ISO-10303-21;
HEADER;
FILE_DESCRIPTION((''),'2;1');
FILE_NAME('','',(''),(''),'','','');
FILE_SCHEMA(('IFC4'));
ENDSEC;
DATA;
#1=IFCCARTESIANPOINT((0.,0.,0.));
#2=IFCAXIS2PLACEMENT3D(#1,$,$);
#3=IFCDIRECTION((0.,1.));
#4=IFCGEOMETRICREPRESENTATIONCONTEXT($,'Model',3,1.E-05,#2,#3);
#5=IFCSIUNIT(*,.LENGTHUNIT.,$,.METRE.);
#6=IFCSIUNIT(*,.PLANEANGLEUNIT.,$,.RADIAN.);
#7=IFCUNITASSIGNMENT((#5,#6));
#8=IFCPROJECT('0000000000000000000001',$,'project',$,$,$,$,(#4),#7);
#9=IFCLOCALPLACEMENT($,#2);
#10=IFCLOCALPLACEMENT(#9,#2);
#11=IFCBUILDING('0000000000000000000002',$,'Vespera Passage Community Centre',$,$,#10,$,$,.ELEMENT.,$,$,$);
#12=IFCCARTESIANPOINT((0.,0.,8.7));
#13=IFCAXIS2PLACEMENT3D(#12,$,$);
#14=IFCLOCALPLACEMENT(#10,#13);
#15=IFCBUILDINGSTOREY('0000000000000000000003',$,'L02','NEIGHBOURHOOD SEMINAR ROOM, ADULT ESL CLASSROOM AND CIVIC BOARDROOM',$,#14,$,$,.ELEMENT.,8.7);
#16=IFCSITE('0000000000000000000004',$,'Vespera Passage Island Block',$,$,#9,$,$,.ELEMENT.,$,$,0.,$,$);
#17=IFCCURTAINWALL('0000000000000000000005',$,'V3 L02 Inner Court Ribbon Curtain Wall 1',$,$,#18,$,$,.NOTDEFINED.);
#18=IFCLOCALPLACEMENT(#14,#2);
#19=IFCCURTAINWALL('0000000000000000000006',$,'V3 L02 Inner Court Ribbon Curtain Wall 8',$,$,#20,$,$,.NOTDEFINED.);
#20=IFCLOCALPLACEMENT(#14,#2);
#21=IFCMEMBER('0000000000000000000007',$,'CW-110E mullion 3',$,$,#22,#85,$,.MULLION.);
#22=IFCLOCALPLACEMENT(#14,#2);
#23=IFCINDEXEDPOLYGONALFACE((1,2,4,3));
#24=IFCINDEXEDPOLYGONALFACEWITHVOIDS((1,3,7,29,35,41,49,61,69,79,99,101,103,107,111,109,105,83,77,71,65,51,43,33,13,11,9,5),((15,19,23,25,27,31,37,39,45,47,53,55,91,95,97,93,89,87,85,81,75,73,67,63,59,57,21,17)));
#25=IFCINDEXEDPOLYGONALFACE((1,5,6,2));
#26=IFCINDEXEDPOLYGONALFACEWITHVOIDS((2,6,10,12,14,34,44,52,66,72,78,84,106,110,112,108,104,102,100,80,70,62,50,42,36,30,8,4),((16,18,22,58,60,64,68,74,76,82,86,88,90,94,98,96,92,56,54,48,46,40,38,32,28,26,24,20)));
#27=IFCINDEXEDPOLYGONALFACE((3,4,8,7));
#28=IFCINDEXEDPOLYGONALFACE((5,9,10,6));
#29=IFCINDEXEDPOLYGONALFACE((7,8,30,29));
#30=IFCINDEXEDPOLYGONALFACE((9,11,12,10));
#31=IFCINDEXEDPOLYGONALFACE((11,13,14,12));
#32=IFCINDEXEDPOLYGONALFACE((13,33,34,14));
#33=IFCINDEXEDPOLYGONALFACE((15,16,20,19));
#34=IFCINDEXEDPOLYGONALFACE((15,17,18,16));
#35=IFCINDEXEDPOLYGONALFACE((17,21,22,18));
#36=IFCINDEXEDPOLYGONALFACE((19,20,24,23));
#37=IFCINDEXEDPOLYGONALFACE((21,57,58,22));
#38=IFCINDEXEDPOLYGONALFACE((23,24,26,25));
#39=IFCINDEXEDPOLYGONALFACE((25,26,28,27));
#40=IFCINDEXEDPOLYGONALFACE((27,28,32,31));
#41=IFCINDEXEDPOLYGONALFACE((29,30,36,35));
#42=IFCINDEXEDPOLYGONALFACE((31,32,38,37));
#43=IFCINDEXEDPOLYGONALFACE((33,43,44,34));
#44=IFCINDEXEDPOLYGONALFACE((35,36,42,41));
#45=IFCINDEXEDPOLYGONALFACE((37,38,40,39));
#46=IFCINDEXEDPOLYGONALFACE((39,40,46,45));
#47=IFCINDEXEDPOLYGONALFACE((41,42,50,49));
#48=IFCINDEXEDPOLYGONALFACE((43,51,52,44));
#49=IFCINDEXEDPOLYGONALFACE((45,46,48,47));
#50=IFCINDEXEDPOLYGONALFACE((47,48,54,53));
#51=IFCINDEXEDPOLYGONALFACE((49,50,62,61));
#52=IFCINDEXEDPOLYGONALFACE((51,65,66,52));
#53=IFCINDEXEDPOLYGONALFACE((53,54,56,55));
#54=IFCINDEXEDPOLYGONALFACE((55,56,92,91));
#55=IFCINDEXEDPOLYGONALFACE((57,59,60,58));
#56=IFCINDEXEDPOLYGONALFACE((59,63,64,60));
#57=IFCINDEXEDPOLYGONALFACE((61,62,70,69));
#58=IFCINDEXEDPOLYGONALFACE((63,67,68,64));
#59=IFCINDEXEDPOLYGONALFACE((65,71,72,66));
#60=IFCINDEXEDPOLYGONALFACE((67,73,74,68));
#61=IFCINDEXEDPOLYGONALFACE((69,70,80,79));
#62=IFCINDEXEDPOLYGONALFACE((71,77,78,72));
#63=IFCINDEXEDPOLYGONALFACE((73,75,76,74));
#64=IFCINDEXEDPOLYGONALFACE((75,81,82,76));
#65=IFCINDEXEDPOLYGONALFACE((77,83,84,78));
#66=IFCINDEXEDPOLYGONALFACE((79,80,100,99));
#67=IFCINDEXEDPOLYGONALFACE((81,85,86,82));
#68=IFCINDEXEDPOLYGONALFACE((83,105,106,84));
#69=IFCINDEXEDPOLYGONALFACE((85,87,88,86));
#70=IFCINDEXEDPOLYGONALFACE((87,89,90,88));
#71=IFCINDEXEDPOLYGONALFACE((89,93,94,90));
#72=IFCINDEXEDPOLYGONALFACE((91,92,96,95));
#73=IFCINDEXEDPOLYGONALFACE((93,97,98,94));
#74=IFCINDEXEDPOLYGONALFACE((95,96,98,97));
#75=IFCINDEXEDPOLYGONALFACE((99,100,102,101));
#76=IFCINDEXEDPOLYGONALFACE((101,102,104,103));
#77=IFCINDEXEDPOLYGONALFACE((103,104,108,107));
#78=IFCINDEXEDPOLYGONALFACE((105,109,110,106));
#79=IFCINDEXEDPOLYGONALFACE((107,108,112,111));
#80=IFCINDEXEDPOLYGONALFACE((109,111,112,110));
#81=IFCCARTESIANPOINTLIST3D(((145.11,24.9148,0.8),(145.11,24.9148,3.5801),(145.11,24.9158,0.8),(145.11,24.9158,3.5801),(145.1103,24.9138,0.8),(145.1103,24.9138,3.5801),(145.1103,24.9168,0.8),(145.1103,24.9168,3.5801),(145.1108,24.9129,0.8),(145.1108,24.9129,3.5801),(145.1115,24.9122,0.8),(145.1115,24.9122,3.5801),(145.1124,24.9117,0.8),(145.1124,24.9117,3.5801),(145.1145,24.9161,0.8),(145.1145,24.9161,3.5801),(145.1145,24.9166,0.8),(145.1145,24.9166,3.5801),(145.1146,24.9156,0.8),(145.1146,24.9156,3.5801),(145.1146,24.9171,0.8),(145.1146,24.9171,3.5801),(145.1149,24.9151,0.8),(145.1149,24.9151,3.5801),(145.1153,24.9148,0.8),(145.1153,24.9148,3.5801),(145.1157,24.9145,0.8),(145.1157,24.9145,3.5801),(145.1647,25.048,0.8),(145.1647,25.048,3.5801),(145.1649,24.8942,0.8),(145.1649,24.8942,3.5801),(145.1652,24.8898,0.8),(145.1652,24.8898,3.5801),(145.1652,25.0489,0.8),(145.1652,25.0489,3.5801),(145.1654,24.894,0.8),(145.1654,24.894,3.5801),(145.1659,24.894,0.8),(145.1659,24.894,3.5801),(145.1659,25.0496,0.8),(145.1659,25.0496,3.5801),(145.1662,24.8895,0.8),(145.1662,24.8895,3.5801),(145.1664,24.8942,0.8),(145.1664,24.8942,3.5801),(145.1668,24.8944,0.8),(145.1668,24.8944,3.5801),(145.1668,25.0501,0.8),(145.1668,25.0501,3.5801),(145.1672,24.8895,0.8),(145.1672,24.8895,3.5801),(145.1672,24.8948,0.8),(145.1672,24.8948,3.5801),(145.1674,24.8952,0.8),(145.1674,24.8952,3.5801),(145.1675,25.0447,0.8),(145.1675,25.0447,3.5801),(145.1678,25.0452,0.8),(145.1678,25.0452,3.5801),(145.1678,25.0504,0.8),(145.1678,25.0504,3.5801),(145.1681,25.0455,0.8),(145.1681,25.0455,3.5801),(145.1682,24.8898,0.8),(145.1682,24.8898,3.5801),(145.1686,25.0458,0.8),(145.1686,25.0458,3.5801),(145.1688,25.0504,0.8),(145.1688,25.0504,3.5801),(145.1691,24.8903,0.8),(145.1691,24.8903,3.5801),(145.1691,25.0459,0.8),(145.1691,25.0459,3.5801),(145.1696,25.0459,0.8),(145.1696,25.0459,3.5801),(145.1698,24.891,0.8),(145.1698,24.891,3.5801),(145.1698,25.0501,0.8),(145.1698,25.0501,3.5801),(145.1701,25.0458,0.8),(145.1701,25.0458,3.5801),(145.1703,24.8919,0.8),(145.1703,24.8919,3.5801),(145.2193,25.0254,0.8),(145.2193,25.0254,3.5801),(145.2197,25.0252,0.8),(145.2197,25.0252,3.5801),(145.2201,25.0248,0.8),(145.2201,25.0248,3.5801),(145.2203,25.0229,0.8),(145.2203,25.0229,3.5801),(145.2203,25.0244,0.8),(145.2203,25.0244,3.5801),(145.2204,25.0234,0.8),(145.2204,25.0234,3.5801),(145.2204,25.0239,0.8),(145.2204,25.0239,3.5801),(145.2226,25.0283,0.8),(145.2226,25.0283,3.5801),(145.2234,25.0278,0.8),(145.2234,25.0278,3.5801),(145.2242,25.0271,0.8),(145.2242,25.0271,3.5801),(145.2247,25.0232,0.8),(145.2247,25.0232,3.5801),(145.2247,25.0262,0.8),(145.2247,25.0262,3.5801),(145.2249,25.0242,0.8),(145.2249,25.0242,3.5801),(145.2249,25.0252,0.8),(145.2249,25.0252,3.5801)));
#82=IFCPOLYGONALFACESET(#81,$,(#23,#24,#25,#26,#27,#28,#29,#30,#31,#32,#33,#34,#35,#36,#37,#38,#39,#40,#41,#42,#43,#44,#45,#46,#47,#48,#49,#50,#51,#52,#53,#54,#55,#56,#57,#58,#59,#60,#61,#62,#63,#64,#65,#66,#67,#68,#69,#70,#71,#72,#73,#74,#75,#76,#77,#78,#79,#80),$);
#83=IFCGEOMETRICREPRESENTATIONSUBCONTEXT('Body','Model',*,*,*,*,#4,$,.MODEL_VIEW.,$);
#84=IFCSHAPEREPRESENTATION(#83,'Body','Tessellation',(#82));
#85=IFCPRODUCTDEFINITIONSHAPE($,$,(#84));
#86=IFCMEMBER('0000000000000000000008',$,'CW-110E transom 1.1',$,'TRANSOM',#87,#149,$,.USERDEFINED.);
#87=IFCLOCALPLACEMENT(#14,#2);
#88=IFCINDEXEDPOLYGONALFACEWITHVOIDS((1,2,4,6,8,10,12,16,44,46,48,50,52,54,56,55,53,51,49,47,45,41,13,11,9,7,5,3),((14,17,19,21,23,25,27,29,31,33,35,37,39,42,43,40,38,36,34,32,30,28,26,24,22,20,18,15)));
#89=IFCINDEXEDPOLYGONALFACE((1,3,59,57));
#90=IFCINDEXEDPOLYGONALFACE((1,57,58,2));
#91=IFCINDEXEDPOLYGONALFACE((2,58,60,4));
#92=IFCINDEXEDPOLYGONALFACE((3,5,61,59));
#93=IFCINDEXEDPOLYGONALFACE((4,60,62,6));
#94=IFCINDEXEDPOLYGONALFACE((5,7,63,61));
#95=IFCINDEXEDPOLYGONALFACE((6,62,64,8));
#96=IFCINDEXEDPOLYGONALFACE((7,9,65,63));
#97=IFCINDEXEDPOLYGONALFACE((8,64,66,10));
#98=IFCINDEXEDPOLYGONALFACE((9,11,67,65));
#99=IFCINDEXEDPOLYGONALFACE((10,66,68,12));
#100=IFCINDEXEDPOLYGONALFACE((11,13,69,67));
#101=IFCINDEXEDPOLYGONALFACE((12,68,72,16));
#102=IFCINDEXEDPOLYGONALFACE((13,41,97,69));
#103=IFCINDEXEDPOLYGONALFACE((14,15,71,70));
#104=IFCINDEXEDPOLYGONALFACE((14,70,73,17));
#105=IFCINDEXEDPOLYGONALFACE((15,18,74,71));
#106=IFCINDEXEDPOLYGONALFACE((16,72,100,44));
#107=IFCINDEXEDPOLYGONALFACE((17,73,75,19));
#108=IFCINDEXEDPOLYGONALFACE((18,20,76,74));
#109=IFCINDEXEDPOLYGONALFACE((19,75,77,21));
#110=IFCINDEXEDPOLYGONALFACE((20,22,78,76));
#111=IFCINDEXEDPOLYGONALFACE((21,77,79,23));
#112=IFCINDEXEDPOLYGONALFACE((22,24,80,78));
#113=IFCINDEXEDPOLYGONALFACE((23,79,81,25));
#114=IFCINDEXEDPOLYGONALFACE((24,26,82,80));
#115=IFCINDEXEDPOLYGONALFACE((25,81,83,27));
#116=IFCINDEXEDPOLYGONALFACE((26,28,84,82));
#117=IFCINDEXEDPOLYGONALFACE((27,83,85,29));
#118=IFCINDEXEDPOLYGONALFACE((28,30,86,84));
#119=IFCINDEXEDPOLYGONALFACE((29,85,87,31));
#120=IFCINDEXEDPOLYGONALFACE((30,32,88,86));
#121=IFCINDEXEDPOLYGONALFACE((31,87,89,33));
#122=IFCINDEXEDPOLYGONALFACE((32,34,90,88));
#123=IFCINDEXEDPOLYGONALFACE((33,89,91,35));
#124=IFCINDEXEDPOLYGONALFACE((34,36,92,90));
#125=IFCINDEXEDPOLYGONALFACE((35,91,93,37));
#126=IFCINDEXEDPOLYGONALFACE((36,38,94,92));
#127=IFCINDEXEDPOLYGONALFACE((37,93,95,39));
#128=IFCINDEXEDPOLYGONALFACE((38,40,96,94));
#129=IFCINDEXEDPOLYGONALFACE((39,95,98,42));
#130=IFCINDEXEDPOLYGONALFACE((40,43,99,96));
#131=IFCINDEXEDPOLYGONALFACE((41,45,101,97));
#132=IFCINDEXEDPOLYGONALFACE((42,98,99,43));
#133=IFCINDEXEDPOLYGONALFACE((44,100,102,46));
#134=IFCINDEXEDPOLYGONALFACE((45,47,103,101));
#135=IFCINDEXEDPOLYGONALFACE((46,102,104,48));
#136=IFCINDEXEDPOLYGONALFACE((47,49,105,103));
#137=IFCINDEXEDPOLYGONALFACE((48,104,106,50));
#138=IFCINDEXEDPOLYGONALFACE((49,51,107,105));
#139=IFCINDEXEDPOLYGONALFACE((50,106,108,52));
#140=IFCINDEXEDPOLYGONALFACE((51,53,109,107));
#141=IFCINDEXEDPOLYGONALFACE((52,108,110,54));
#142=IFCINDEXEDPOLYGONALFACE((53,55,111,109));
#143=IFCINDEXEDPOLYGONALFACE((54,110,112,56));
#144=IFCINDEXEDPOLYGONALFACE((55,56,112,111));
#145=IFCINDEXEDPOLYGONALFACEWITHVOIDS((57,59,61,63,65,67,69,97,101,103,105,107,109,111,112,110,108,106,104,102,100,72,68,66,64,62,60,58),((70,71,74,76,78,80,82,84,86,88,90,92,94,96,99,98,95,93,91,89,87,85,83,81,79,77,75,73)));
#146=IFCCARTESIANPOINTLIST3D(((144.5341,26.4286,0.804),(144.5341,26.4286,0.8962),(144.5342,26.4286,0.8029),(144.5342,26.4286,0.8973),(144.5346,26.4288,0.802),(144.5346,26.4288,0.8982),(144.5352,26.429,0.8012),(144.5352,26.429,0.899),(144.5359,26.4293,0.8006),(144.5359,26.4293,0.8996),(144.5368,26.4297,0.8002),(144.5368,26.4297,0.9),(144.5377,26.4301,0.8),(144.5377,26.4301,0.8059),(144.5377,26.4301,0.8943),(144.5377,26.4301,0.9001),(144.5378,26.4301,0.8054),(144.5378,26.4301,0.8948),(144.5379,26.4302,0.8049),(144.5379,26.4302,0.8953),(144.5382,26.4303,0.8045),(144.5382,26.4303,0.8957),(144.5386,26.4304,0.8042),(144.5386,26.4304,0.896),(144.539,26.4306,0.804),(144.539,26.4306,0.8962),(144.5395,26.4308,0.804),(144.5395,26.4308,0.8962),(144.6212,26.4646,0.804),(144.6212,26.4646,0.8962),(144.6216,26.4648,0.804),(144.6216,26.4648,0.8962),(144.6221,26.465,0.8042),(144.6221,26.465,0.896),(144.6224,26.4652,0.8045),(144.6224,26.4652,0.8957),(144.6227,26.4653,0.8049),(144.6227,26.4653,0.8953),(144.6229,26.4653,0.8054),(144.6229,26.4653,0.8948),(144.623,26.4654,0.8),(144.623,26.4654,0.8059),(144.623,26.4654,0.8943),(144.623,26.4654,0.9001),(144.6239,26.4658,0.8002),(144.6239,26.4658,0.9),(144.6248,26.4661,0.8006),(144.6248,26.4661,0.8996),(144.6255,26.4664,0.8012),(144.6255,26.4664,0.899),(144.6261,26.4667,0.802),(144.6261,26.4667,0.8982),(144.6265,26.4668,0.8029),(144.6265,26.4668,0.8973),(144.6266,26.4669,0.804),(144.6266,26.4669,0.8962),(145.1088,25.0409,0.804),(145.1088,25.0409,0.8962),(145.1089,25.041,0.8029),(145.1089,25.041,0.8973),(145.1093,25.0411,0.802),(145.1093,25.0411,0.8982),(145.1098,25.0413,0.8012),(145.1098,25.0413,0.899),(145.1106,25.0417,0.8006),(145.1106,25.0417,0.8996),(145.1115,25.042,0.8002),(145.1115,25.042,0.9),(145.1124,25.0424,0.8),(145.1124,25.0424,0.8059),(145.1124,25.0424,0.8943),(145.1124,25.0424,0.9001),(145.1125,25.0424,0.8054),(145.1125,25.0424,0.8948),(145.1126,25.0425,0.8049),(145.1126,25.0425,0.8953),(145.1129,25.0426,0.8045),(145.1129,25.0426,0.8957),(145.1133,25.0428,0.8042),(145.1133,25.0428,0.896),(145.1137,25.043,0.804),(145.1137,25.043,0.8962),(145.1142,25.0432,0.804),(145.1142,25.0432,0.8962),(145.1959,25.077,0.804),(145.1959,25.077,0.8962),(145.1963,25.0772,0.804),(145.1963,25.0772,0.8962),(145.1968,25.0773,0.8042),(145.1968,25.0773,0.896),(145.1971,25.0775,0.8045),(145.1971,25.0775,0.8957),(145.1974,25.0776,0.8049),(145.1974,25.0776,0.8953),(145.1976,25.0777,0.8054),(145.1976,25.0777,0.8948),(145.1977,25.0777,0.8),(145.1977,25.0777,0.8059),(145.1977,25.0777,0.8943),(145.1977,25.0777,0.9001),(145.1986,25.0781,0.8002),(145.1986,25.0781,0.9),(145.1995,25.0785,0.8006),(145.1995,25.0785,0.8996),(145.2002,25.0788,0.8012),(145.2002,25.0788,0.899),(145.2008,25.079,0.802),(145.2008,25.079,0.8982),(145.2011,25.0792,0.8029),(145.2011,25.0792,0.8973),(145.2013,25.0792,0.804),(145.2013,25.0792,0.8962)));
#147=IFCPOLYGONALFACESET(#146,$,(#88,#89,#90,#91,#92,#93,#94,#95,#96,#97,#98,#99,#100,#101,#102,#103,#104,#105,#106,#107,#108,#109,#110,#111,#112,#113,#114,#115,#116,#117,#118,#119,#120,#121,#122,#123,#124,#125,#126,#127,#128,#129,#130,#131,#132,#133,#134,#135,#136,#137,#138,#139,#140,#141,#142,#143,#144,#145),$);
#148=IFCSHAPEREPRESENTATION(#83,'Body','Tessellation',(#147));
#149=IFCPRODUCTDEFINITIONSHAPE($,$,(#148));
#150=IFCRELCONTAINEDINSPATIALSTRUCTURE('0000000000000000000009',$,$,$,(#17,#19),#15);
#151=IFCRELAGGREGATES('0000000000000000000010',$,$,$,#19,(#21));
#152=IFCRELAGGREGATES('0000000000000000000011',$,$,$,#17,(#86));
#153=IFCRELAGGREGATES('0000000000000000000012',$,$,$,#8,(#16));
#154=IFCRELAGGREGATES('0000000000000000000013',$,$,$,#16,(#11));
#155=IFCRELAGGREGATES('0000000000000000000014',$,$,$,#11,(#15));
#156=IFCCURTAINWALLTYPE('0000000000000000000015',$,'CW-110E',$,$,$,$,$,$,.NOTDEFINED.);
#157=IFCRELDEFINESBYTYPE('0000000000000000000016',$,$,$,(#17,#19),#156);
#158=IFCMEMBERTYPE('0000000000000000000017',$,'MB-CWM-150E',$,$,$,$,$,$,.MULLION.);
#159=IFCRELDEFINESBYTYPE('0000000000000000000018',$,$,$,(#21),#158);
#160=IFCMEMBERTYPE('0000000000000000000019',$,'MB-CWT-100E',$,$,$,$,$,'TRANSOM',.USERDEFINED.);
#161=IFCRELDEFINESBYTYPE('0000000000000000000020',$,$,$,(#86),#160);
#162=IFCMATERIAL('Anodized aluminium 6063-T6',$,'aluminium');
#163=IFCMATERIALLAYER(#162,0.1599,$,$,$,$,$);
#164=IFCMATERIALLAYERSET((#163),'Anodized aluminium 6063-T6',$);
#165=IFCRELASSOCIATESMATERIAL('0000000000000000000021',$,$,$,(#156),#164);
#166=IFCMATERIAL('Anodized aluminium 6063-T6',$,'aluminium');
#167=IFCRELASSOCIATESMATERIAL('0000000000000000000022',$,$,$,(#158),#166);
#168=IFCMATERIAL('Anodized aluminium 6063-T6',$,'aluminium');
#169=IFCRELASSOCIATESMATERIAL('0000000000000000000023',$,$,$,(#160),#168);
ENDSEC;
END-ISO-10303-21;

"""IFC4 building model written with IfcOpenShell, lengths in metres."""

from ifc_helpers import new_model, si_unit, direction, frame, origin, origin_2d, place, context, subcontext, project, spatial, hollow_rectangle, extrude, material, layer, layer_set, material_profile, profile_set, type_object, element, aggregate, save


model = new_model("IFC4")

# Units and contexts
model_context = context("Model", 3, precision=1e-05, world=origin(), true_north=direction((0.0, 1.0)))
body_context = subcontext(model_context, "Body", "Model", "MODEL_VIEW")
ifc_project = project(units=[si_unit("LENGTHUNIT", "METRE"), si_unit("PLANEANGLEUNIT", "RADIAN")], contexts=[model_context])

# Site, building, storey
site_placement = place(None, origin())
site = spatial("IfcSite", under=ifc_project, at=site_placement, Name="Vespera Passage Island Block", CompositionType="ELEMENT", RefElevation=0.0)
building_placement = place(site_placement, origin())
building = spatial("IfcBuilding", under=site, at=building_placement, Name="Vespera Passage Community Centre", CompositionType="ELEMENT")
storey_placement = place(building_placement, frame((0.0, 0.0, 8.7)))
storey = spatial("IfcBuildingStorey", under=building, at=storey_placement, Name="L02", Description="NEIGHBOURHOOD SEMINAR ROOM, ADULT ESL CLASSROOM AND CIVIC BOARDROOM", CompositionType="ELEMENT", Elevation=8.7)

# Curtain wall
ifc_material_1 = material(Name="Anodized aluminium 6063-T6", Category="aluminium")
ifc_layer_1 = layer(ifc_material_1, 0.1599)
ifc_layer_set_1 = layer_set([ifc_layer_1], Name="Anodized aluminium 6063-T6")
curtain_wall_type = type_object("IfcCurtainWallType", Name="CW-110E", PredefinedType="NOTDEFINED", material=ifc_layer_set_1)
curtain_wall_1_placement = place(storey_placement, origin())
curtain_wall_1 = element("IfcCurtainWall", 1, at=curtain_wall_1_placement, inside=storey, type_object=curtain_wall_type, Name="V3 L02 Inner Court Ribbon Curtain Wall 1", PredefinedType="NOTDEFINED")
ifc_material_2 = material(Name="Anodized aluminium 6063-T6", Category="aluminium")
ifc_material_profile_1 = material_profile(ifc_material_2, hollow_rectangle(XDim=0.0649, YDim=0.1499, WallThickness=0.0039, InnerFilletRadius=0.002, OuterFilletRadius=0.0039, at=origin_2d()), Name="ALU150X65X4")
ifc_profile_set_1 = profile_set([ifc_material_profile_1], Name="Anodized aluminium 6063-T6")
member_type_1 = type_object("IfcMemberType", Name="MB-CWM-150E", PredefinedType="MULLION", material=ifc_profile_set_1)

# Curtain wall, member
curtain_wall_2_placement = place(storey_placement, origin())
curtain_wall_2 = element("IfcCurtainWall", 2, at=curtain_wall_2_placement, inside=storey, type_object=curtain_wall_type, Name="V3 L02 Inner Court Ribbon Curtain Wall 8", PredefinedType="NOTDEFINED")
member_1_placement = place(storey_placement, frame((145.1675, 24.97, 0.8), z_axis=(0.0, 0.0, 1.0), x_axis=(-0.923879, 0.382686, 0.0)))
member_1 = element("IfcMember", 3, at=member_1_placement, type_object=member_type_1, Name="CW-110E mullion 3", PredefinedType="MULLION", context=body_context, shape_type="SweptSolid", body=[
    extrude(hollow_rectangle(XDim=0.0649, YDim=0.1499, WallThickness=0.0039, InnerFilletRadius=0.002, OuterFilletRadius=0.0039, at=origin_2d()), origin(), (0.0, 0.0, 1.0), 2.78),
])
aggregate(curtain_wall_2, [member_1])

# Member
ifc_material_3 = material(Name="Anodized aluminium 6063-T6", Category="aluminium")
ifc_material_profile_2 = material_profile(ifc_material_3, hollow_rectangle(XDim=0.1001, YDim=0.1001, WallThickness=0.0039, InnerFilletRadius=0.002, OuterFilletRadius=0.0039, at=origin_2d()), Name="ALU100X100X4")
ifc_profile_set_2 = profile_set([ifc_material_profile_2], Name="Anodized aluminium 6063-T6")
member_type_2 = type_object("IfcMemberType", Name="MB-CWT-100E", ElementType="TRANSOM", PredefinedType="USERDEFINED", material=ifc_profile_set_2)
member_2_placement = place(storey_placement, frame((145.155, 25.0601, 0.8501), z_axis=(-0.382629, 0.923902, 0.0), x_axis=(-0.923902, -0.382629, 0.0)))
member_2 = element("IfcMember", 4, at=member_2_placement, type_object=member_type_2, Name="CW-110E transom 1.1", ObjectType="TRANSOM", PredefinedType="USERDEFINED", context=body_context, shape_type="SweptSolid", body=[
    extrude(hollow_rectangle(XDim=0.1001, YDim=0.1001, WallThickness=0.0039, InnerFilletRadius=0.002, OuterFilletRadius=0.0039, at=origin_2d()), origin(), (0.0, 0.0, 1.0), 1.502),
])

aggregate(curtain_wall_1, [member_2])

save(model, "model.ifc")
